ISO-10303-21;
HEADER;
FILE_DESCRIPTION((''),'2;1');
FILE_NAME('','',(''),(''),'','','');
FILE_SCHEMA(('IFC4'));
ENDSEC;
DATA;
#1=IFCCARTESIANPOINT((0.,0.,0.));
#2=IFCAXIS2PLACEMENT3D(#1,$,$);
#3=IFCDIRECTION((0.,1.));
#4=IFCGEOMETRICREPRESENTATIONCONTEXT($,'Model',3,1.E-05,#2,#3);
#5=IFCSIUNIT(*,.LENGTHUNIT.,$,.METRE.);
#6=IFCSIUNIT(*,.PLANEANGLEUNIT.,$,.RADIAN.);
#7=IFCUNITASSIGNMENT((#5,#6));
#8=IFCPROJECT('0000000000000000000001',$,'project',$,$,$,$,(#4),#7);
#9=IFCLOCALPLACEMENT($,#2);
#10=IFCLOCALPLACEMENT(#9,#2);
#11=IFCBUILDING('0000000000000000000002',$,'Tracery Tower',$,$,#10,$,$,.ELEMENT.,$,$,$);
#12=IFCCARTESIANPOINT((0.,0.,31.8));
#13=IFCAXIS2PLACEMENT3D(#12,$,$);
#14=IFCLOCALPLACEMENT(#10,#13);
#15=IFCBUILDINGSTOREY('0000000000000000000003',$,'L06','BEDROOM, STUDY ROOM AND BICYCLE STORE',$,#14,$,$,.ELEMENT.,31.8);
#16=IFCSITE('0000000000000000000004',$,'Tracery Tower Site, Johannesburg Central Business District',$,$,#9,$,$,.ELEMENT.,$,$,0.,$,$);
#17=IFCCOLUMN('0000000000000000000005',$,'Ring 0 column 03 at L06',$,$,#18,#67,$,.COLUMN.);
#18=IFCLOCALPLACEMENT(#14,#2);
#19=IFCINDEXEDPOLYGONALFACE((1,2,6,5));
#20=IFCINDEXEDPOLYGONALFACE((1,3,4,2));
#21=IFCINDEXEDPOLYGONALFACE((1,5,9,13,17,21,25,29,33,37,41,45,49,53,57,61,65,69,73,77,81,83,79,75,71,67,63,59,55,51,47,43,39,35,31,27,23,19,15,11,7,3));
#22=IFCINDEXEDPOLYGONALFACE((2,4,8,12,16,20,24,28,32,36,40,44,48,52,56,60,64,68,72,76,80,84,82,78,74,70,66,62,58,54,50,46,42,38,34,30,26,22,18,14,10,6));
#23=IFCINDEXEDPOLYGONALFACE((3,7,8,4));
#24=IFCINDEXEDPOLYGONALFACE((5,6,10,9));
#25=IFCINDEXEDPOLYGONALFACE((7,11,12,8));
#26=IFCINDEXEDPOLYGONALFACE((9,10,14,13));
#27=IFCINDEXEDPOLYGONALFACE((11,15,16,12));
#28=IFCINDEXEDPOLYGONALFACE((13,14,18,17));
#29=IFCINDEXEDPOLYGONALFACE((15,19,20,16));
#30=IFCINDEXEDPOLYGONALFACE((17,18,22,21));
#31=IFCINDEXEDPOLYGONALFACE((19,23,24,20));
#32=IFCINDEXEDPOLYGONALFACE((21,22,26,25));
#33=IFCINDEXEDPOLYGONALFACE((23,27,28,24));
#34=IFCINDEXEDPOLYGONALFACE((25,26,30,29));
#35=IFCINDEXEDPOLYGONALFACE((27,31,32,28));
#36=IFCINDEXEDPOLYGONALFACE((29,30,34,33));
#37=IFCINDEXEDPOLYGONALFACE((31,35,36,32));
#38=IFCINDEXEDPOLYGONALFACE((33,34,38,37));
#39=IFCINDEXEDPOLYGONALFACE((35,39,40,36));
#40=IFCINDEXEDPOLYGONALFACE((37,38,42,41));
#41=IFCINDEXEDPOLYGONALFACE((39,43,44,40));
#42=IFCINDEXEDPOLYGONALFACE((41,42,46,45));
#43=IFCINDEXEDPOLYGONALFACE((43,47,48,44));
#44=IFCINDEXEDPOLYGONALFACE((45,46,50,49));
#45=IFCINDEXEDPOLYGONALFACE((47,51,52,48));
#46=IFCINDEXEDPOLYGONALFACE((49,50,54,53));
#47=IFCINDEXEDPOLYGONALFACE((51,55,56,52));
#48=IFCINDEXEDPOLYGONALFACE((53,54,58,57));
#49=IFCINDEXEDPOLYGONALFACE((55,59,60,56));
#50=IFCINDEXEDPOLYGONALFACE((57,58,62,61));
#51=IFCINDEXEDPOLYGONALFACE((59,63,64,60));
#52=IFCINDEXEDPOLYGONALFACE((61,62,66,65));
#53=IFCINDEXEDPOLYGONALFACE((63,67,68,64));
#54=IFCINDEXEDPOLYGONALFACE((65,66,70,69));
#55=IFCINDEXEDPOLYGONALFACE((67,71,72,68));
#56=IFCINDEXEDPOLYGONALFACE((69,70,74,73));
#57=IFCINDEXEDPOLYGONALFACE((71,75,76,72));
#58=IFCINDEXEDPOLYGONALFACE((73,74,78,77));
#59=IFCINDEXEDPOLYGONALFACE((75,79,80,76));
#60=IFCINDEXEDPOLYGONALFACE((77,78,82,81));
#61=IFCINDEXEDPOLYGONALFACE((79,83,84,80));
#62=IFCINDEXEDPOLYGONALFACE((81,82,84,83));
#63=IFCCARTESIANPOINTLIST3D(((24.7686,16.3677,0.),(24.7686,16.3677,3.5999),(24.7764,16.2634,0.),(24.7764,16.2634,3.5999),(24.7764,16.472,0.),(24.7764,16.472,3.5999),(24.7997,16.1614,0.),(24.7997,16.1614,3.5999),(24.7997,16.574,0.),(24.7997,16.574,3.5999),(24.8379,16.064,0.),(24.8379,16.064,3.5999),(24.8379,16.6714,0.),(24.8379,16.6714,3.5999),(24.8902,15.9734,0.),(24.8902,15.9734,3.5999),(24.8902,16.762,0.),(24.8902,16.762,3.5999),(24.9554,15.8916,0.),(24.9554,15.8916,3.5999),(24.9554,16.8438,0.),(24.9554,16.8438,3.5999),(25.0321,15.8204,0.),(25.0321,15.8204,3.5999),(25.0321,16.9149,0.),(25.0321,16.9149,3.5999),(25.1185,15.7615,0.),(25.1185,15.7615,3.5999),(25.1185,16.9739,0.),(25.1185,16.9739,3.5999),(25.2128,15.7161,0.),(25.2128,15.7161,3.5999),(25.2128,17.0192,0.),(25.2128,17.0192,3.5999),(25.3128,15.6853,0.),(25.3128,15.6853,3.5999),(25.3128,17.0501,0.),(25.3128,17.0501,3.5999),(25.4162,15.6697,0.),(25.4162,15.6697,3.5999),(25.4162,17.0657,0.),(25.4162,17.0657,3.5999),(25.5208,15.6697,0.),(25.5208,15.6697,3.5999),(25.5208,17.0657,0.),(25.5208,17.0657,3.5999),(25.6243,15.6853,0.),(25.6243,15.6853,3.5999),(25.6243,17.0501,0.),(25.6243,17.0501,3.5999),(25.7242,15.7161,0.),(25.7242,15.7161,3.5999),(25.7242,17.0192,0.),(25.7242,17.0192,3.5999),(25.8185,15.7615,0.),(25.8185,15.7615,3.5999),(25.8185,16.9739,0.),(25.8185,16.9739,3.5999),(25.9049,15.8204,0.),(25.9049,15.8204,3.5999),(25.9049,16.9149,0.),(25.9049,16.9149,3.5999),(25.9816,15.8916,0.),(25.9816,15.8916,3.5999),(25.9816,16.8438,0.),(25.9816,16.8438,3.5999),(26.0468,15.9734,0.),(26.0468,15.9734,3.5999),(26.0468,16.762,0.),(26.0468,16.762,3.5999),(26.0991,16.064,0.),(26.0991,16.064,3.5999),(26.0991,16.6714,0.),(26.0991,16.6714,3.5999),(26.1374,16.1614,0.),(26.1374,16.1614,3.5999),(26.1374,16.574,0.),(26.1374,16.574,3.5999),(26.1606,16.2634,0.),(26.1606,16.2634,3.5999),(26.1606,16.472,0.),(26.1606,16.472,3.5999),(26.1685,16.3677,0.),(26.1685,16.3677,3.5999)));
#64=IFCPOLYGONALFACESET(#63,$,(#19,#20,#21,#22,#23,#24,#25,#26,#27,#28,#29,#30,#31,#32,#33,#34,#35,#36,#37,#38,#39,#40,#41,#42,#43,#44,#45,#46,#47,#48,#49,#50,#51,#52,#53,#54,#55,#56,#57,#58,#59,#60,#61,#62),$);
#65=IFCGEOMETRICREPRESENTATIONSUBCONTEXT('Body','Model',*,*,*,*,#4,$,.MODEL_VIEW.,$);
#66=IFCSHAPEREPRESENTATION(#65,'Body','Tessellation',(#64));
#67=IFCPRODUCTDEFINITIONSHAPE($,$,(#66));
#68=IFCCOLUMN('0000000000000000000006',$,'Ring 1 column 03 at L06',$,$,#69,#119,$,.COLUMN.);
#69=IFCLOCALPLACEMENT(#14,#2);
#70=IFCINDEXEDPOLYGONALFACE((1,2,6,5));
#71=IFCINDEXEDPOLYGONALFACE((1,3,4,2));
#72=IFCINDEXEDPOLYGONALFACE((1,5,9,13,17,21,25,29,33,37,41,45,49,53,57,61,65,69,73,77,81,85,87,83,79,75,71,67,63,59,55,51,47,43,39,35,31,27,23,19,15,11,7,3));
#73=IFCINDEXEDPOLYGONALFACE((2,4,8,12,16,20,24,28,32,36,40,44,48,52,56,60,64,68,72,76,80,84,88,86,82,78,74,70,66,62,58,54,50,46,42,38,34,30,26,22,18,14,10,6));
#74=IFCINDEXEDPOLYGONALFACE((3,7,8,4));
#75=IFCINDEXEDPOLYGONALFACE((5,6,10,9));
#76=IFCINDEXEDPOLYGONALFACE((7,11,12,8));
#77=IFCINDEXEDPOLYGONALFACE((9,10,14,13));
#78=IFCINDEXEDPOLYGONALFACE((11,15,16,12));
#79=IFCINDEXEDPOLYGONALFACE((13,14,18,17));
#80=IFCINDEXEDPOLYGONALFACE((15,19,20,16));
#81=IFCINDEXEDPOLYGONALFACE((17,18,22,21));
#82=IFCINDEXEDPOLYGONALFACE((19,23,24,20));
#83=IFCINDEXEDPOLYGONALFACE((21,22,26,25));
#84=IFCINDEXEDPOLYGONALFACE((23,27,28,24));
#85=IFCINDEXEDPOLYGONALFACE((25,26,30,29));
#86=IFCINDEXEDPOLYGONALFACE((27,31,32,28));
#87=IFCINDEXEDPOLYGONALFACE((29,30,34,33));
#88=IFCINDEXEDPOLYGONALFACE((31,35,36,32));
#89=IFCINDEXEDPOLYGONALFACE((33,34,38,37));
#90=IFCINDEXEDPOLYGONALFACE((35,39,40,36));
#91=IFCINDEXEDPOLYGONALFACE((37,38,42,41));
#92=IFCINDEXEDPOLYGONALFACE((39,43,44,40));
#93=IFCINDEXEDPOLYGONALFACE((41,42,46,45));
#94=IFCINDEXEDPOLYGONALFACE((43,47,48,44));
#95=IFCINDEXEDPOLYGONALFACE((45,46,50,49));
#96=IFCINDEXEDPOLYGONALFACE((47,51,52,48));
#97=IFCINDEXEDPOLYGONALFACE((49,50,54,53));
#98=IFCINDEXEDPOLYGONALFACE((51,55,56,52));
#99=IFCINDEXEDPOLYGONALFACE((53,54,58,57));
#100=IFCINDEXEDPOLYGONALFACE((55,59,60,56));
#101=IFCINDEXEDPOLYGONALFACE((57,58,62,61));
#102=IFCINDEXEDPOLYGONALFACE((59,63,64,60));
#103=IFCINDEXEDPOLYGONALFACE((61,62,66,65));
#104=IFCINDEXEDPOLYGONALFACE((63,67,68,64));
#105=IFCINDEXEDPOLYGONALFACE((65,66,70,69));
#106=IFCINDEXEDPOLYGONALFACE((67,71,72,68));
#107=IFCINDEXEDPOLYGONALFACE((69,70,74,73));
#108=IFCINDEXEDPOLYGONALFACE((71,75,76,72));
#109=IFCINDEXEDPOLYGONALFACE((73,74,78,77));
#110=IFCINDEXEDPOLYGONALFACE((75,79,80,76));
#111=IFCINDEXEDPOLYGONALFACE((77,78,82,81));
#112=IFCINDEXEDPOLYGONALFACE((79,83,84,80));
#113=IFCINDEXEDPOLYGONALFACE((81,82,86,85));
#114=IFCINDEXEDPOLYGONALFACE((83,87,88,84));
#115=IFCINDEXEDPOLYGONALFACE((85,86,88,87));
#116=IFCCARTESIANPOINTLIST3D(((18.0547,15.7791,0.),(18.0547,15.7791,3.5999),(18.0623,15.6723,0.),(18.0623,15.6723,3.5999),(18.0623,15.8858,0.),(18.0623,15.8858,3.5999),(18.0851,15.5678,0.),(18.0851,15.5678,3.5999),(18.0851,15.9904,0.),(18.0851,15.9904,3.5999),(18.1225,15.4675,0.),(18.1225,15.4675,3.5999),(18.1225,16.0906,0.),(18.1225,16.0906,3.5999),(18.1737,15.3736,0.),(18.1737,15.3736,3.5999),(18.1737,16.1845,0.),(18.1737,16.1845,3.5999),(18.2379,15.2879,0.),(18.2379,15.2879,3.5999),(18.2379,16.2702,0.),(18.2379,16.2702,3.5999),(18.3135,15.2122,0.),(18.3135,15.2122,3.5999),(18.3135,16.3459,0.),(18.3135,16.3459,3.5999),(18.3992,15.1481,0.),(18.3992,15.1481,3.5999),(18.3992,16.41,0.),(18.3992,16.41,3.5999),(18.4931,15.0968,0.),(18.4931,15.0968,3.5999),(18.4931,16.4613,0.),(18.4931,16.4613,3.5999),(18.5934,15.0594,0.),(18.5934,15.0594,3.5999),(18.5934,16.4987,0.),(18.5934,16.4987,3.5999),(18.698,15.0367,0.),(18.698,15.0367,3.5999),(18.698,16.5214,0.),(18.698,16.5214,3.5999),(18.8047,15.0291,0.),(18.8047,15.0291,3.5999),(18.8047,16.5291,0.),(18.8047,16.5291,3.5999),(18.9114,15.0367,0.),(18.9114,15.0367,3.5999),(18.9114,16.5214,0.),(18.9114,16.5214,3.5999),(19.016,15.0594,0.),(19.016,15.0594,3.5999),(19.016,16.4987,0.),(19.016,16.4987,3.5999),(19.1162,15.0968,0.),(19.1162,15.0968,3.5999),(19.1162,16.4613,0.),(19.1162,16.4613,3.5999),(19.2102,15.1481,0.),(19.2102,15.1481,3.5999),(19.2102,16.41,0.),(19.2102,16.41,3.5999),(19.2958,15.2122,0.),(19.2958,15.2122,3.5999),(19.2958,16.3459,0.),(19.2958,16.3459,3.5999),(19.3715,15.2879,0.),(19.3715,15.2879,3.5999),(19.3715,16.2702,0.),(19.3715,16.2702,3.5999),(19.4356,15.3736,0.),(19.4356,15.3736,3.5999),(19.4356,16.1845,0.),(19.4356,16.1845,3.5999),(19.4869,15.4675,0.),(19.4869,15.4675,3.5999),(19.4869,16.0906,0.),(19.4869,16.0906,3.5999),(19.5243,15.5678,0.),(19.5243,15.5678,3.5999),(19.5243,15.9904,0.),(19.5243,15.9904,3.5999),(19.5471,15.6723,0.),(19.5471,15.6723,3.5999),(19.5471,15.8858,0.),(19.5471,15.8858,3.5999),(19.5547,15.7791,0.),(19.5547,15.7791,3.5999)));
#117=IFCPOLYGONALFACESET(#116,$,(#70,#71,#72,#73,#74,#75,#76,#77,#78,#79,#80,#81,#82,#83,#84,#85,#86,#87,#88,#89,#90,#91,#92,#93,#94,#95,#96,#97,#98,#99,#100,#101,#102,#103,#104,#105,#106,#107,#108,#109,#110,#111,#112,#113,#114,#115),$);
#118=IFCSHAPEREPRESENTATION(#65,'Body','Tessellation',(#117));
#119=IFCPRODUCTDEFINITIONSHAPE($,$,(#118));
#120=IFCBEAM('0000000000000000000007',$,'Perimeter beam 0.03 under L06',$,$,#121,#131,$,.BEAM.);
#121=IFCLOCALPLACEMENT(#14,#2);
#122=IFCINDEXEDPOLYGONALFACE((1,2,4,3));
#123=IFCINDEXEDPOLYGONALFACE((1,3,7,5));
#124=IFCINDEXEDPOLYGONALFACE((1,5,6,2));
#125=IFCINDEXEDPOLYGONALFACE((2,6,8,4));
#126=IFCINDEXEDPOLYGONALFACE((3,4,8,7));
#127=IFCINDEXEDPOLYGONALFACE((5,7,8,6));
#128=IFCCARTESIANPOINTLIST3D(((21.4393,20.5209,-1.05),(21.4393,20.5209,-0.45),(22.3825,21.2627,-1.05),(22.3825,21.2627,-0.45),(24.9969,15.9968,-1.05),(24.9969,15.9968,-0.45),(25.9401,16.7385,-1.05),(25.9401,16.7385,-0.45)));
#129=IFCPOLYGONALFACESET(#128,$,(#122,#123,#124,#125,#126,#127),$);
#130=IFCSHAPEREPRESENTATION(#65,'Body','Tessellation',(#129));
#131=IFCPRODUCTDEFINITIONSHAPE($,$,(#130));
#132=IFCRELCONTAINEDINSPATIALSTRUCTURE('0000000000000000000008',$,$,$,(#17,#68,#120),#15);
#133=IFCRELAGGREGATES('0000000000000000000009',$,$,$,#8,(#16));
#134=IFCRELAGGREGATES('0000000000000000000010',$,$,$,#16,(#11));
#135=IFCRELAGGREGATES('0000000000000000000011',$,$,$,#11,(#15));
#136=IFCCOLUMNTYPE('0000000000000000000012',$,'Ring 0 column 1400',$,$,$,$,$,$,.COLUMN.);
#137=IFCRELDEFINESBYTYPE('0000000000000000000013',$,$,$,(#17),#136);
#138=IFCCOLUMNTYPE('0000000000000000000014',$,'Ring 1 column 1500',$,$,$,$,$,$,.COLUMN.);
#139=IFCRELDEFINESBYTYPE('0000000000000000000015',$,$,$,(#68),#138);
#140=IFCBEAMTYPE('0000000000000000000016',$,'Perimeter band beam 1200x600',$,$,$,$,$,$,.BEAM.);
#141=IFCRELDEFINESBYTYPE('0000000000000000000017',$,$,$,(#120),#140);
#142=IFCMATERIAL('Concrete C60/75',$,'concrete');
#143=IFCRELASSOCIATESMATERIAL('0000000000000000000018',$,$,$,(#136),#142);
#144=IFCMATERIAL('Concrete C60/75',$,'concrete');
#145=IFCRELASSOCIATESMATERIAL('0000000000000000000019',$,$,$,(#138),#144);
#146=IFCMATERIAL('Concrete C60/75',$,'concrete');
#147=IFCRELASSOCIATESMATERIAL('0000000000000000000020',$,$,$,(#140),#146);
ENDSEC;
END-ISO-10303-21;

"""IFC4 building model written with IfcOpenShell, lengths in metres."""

from ifc_helpers import new_model, si_unit, direction, frame, origin, origin_2d, place, context, subcontext, project, spatial, rectangle, circle, extrude, material, material_profile, profile_set, type_object, element, save


model = new_model("IFC4")

# Units and contexts
model_context = context("Model", 3, precision=1e-05, world=origin(), true_north=direction((0.0, 1.0)))
body_context = subcontext(model_context, "Body", "Model", "MODEL_VIEW")
ifc_project = project(units=[si_unit("LENGTHUNIT", "METRE"), si_unit("PLANEANGLEUNIT", "RADIAN")], contexts=[model_context])

# Site, building, storey
site_placement = place(None, origin())
site = spatial("IfcSite", under=ifc_project, at=site_placement, Name="Tracery Tower Site, Johannesburg Central Business District", CompositionType="ELEMENT", RefElevation=0.0)
building_placement = place(site_placement, origin())
building = spatial("IfcBuilding", under=site, at=building_placement, Name="Tracery Tower", CompositionType="ELEMENT")
storey_placement = place(building_placement, frame((0.0, 0.0, 31.8)))
storey = spatial("IfcBuildingStorey", under=building, at=storey_placement, Name="L06", Description="BEDROOM, STUDY ROOM AND BICYCLE STORE", CompositionType="ELEMENT", Elevation=31.8)

# Columns
ifc_material_1 = material(Name="Concrete C60/75", Category="concrete")
ifc_material_profile_1 = material_profile(ifc_material_1, circle(Radius=0.7, at=origin_2d()), Name="RC D1400")
ifc_profile_set_1 = profile_set([ifc_material_profile_1], Name="Concrete C60/75")
column_type_1 = type_object("IfcColumnType", Name="Ring 0 column 1400", PredefinedType="COLUMN", material=ifc_profile_set_1)
column_1_placement = place(storey_placement, frame((25.4685, 16.3677, 0.0), z_axis=(0.0, 0.0, 1.0), x_axis=(1.0, 0.0, 0.0)))
element("IfcColumn", 1, at=column_1_placement, inside=storey, type_object=column_type_1, Name="Ring 0 column 03 at L06", PredefinedType="COLUMN", context=body_context, shape_type="SweptSolid", body=[
    extrude(circle(Radius=0.7, at=origin_2d()), origin(), (0.0, 0.0, 1.0), 3.5999),
])
ifc_material_2 = material(Name="Concrete C60/75", Category="concrete")
ifc_material_profile_2 = material_profile(ifc_material_2, circle(Radius=0.75, at=origin_2d()), Name="RC D1500")
ifc_profile_set_2 = profile_set([ifc_material_profile_2], Name="Concrete C60/75")
column_type_2 = type_object("IfcColumnType", Name="Ring 1 column 1500", PredefinedType="COLUMN", material=ifc_profile_set_2)
column_2_placement = place(storey_placement, frame((18.8047, 15.7791, 0.0), z_axis=(0.0, 0.0, 1.0), x_axis=(1.0, 0.0, 0.0)))
element("IfcColumn", 2, at=column_2_placement, inside=storey, type_object=column_type_2, Name="Ring 1 column 03 at L06", PredefinedType="COLUMN", context=body_context, shape_type="SweptSolid", body=[
    extrude(circle(Radius=0.75, at=origin_2d()), origin(), (0.0, 0.0, 1.0), 3.5999),
])

# Beam
ifc_material_3 = material(Name="Concrete C60/75", Category="concrete")
ifc_material_profile_3 = material_profile(ifc_material_3, rectangle(XDim=1.2, YDim=0.6001, at=origin_2d()), Name="RC 1200x600")
ifc_profile_set_3 = profile_set([ifc_material_profile_3], Name="Concrete C60/75")
beam_type = type_object("IfcBeamType", Name="Perimeter band beam 1200x600", PredefinedType="BEAM", material=ifc_profile_set_3)
beam_placement = place(storey_placement, frame((25.4685, 16.3677, -0.75), z_axis=(-0.618134, 0.786072, 0.0), x_axis=(-0.786072, -0.618134, 0.0)))
element("IfcBeam", 3, at=beam_placement, inside=storey, type_object=beam_type, Name="Perimeter beam 0.03 under L06", PredefinedType="BEAM", context=body_context, shape_type="SweptSolid", body=[
    extrude(rectangle(XDim=1.2, YDim=0.6001, at=origin_2d()), origin(), (0.0, 0.0, 1.0), 5.7554),
])

save(model, "model.ifc")
